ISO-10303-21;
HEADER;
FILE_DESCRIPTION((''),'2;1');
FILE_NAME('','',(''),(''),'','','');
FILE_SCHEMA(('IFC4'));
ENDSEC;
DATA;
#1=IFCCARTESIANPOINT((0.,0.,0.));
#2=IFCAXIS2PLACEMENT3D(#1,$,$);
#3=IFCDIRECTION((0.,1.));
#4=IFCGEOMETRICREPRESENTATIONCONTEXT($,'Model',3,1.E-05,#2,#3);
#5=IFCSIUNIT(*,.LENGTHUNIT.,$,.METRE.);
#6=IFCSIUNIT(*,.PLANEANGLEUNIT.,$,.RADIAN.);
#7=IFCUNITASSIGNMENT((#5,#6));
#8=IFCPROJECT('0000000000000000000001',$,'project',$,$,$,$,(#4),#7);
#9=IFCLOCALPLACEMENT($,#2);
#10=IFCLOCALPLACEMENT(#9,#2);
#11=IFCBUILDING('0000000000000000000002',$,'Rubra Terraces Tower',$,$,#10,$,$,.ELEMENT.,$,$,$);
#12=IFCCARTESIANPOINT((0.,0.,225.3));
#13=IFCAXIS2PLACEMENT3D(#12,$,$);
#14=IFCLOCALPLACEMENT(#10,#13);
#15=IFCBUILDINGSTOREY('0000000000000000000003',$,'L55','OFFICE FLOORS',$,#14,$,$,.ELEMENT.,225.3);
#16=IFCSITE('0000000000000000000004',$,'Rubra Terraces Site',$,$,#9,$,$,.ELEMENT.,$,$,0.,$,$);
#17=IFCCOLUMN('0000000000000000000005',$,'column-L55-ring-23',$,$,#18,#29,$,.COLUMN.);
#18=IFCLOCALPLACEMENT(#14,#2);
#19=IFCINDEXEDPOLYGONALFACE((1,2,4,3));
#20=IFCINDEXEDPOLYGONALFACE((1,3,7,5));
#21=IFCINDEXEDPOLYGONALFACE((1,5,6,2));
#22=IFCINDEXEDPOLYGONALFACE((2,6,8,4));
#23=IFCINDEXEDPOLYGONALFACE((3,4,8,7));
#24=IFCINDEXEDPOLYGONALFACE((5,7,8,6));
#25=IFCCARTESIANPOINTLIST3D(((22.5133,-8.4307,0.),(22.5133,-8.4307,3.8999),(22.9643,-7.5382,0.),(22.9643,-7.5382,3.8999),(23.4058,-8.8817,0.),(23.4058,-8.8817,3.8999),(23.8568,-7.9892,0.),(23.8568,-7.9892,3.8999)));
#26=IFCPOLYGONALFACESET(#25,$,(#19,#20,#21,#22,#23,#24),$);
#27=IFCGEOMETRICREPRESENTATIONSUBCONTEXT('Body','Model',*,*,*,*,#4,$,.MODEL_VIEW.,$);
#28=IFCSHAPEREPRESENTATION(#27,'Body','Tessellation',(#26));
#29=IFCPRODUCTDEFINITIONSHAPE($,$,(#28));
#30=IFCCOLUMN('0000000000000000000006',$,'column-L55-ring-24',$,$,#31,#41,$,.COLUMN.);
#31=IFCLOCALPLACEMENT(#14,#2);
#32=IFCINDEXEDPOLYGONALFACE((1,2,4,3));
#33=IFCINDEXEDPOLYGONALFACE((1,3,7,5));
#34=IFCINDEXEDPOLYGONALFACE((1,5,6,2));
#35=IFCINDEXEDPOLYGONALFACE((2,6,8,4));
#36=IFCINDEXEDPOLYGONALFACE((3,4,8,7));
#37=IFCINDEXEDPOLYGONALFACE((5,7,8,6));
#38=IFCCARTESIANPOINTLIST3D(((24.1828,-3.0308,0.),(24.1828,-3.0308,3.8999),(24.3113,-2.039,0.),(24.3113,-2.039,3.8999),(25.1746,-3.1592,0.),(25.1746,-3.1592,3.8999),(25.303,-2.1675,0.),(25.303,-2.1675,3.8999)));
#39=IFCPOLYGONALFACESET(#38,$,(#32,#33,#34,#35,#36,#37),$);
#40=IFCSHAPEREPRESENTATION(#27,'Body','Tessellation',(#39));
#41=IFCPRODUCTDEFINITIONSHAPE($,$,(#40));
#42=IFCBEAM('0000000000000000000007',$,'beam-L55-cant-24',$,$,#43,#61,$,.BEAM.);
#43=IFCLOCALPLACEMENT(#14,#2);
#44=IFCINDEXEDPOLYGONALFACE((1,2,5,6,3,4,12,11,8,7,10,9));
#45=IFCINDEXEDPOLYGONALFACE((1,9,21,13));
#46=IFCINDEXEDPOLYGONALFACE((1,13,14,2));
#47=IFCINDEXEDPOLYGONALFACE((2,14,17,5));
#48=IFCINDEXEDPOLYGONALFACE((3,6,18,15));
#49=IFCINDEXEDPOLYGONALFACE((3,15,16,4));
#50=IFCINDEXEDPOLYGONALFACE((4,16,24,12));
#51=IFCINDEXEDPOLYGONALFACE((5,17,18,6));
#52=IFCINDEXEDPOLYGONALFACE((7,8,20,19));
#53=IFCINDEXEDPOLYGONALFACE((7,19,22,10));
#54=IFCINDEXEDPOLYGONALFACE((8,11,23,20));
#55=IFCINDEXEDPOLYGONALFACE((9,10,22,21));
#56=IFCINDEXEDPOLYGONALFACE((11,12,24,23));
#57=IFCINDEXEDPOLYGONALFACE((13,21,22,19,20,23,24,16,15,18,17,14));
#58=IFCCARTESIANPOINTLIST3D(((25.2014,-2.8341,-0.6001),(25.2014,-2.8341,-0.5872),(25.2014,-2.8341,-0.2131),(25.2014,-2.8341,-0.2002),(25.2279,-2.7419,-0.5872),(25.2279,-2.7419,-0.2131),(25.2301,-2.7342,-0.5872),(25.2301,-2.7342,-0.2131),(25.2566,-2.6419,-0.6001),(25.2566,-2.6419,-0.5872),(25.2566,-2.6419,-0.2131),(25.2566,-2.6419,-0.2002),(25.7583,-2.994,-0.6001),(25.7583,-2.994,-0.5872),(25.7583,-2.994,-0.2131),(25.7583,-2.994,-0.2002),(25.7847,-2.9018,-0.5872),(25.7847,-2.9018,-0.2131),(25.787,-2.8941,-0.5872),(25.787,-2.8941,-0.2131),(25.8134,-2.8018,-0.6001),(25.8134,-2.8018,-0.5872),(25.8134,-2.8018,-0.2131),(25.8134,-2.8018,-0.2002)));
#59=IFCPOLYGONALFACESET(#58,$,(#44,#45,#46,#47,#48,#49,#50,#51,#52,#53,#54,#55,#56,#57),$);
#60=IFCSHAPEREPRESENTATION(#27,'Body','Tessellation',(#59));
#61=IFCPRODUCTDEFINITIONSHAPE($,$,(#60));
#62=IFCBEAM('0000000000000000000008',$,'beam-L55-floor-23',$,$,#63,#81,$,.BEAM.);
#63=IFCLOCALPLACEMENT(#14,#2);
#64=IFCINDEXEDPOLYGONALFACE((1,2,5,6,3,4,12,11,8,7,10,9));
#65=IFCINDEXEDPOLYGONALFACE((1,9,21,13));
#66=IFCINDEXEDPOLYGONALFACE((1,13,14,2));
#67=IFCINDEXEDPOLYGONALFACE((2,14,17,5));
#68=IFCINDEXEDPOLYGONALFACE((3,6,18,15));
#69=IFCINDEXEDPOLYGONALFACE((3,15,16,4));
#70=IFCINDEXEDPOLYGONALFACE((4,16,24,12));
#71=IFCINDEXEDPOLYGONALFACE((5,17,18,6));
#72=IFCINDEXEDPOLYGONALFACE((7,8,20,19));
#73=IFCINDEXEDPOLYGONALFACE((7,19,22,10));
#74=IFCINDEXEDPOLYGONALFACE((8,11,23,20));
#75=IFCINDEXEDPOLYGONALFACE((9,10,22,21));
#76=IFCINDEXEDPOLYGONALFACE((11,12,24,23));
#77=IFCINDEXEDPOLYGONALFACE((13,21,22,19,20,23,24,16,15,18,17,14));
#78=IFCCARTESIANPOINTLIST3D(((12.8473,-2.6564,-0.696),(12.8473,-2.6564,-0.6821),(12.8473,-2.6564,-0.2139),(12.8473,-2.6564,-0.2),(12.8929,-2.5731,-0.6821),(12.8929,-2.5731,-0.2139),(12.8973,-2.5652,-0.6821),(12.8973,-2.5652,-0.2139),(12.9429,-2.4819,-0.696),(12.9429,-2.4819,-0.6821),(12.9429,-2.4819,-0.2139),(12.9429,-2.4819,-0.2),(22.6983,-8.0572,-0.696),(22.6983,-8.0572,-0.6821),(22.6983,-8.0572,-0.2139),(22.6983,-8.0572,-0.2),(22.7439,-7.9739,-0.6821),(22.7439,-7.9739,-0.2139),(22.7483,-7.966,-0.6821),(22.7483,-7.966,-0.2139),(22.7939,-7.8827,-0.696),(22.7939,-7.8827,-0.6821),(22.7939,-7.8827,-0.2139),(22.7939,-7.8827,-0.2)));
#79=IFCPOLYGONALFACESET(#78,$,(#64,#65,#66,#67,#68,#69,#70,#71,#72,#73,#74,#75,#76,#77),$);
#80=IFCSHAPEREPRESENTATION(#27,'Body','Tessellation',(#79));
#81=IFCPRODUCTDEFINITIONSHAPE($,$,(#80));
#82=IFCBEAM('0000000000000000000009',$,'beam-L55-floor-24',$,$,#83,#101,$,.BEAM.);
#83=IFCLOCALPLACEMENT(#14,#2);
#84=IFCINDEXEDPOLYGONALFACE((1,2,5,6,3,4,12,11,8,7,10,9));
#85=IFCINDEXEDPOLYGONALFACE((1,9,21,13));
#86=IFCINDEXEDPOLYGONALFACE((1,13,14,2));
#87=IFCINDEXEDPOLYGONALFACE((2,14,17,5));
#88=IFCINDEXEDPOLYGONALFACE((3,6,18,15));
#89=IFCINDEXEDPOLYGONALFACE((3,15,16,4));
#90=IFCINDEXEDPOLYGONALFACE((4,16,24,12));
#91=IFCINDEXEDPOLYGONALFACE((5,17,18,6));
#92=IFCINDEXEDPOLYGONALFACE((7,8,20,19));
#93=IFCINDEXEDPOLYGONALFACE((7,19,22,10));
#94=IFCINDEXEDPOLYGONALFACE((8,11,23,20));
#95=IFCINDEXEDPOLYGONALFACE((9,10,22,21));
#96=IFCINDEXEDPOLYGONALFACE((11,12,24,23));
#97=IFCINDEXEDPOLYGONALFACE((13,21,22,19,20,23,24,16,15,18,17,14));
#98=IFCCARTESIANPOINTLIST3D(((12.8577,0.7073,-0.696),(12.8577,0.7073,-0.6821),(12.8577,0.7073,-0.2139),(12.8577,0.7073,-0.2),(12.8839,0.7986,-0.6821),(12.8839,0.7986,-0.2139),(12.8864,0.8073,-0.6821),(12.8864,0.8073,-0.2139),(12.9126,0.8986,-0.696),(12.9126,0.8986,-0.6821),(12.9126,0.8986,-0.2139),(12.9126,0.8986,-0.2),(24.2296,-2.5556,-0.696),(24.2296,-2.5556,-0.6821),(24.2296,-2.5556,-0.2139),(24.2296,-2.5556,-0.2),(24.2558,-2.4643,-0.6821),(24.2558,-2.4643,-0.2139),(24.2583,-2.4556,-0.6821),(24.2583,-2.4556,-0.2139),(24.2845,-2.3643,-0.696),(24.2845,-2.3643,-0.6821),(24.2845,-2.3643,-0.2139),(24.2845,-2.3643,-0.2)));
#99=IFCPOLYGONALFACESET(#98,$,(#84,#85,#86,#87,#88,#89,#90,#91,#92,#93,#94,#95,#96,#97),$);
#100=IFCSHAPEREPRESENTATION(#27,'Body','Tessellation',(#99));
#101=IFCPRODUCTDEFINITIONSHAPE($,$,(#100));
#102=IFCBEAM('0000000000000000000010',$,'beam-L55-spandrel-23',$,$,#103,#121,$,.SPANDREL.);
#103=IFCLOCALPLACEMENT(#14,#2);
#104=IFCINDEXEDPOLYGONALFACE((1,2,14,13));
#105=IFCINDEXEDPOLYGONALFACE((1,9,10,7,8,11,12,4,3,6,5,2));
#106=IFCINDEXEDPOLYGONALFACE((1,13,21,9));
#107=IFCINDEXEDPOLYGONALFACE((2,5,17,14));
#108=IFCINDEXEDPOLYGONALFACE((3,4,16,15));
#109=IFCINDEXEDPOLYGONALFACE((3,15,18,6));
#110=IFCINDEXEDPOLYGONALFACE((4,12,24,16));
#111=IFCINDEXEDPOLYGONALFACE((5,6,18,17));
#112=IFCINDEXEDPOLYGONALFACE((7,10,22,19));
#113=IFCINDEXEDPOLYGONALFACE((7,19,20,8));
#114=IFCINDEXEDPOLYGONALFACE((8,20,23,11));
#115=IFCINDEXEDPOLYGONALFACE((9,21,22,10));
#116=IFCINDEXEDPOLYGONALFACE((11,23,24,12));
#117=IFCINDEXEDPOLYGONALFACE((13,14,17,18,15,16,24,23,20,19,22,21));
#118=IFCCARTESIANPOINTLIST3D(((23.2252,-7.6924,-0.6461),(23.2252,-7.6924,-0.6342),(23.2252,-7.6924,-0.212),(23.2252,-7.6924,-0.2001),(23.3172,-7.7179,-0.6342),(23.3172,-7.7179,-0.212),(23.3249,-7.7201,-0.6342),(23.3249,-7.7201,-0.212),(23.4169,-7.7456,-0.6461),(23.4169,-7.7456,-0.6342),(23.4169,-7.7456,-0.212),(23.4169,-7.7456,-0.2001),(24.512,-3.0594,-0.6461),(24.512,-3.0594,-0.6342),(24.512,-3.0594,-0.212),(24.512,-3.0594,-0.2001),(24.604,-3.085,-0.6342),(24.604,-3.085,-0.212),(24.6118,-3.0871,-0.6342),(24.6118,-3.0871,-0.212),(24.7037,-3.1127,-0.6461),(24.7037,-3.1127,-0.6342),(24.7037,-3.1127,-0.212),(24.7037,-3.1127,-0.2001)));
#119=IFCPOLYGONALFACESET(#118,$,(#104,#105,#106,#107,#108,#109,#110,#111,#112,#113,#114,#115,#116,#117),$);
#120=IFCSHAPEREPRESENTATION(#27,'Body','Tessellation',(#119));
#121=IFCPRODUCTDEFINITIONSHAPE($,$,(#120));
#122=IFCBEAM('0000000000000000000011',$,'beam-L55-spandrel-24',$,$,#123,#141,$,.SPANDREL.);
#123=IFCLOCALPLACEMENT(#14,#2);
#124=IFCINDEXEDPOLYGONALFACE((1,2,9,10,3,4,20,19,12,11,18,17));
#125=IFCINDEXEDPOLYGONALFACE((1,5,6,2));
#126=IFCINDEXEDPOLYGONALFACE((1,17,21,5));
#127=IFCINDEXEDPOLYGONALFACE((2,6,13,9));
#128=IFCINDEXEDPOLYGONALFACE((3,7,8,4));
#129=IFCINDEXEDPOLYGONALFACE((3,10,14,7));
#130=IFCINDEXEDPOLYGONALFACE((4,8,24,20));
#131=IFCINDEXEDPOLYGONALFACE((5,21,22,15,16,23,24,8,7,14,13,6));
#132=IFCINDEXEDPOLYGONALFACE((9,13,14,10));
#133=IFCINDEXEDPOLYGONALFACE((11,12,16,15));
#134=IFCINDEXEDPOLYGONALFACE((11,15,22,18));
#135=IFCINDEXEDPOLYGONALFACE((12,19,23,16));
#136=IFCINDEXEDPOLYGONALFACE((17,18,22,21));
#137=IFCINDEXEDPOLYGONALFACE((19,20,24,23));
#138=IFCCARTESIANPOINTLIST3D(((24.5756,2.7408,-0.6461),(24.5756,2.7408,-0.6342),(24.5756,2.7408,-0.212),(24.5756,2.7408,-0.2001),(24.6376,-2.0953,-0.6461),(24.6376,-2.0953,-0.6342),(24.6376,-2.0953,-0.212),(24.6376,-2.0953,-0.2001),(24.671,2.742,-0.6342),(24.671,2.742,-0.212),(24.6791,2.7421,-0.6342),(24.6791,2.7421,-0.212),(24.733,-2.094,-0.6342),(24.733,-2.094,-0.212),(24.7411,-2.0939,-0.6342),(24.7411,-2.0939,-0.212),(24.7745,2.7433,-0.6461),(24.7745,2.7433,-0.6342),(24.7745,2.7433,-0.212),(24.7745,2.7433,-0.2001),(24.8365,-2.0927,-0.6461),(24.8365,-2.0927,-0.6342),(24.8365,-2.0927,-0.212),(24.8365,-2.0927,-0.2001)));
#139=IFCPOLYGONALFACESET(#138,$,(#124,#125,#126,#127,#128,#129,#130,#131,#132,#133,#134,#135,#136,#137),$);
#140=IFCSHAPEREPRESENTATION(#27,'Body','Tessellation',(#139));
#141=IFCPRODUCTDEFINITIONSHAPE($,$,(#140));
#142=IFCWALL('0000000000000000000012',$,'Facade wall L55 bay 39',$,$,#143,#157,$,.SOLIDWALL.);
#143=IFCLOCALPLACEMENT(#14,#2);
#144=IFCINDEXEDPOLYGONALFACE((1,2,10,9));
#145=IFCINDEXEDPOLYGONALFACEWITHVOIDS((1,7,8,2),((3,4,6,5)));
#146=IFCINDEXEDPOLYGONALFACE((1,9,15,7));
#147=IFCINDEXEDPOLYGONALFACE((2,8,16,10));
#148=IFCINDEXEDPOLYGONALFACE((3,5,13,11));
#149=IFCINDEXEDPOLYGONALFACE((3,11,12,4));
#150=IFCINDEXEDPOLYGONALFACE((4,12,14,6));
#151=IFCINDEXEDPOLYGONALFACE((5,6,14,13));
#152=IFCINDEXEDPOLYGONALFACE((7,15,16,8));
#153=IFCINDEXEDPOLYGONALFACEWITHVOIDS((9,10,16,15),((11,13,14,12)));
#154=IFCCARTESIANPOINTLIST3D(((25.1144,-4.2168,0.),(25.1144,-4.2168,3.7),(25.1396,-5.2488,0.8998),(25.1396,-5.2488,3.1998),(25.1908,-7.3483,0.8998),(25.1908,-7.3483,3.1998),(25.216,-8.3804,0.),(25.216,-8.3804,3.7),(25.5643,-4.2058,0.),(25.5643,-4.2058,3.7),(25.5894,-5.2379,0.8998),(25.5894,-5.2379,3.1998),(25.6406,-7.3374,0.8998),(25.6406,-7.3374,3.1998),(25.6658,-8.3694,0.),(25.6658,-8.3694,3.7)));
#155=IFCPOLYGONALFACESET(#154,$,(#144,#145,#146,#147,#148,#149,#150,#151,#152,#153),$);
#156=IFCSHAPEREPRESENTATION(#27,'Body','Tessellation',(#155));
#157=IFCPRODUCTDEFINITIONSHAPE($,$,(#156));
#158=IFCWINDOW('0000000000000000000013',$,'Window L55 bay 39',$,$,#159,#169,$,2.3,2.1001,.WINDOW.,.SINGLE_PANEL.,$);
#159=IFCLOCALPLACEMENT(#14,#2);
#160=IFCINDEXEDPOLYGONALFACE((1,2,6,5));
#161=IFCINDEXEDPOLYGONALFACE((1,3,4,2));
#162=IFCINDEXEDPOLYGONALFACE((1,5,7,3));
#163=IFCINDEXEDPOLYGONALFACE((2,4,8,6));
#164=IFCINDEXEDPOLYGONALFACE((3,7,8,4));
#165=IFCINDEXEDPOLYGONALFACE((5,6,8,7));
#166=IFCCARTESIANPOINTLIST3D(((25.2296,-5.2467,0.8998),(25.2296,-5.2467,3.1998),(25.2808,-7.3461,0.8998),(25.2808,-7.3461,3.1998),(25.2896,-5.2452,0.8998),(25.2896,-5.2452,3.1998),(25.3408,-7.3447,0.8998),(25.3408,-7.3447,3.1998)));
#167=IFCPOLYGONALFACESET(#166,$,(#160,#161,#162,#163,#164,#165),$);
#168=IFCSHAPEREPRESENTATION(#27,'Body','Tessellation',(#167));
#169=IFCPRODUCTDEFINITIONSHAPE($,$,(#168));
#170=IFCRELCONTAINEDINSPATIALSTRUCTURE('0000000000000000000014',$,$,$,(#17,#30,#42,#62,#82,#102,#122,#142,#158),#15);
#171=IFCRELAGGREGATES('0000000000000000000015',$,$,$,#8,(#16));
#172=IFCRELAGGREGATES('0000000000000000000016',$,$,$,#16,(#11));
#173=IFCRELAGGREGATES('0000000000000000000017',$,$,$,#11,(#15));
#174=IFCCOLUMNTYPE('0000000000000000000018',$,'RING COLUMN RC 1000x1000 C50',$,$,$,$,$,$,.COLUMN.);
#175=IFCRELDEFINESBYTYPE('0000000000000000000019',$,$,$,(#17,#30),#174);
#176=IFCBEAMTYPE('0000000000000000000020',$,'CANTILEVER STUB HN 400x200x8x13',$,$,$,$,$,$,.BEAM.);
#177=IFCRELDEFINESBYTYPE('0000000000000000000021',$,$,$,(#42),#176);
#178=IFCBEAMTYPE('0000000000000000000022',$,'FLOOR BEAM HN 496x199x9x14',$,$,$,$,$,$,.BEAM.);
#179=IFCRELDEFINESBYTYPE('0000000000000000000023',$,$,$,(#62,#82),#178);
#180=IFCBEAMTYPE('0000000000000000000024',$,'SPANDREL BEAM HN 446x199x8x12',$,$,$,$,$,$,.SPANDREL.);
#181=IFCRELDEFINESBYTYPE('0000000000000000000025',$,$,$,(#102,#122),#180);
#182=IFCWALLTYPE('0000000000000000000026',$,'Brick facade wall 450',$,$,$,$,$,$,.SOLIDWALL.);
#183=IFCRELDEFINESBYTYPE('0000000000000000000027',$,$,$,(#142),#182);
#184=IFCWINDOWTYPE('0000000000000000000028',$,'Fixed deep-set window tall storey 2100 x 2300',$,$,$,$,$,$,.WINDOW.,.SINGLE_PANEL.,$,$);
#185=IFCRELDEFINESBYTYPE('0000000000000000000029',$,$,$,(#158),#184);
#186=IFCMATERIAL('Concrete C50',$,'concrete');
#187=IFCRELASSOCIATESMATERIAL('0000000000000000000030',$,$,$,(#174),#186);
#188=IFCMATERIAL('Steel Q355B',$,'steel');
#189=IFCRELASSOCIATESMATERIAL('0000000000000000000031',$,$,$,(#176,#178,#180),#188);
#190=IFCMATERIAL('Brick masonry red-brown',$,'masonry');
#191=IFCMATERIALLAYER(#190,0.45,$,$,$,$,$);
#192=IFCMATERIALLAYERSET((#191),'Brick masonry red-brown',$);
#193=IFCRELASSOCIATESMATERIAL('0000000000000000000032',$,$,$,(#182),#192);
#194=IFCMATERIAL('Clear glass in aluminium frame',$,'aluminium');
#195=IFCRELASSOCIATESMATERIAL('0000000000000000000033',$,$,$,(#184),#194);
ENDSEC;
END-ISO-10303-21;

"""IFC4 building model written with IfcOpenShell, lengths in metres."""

from ifc_helpers import new_model, si_unit, direction, frame, frame_2d, origin, origin_2d, place, context, subcontext, project, spatial, rectangle, i_section, extrude, material, layer, layer_set, material_profile, profile_set, type_object, element, fill, save


model = new_model("IFC4")

# Units and contexts
model_context = context("Model", 3, precision=1e-05, world=origin(), true_north=direction((0.0, 1.0)))
body_context = subcontext(model_context, "Body", "Model", "MODEL_VIEW")
ifc_project = project(units=[si_unit("LENGTHUNIT", "METRE"), si_unit("PLANEANGLEUNIT", "RADIAN")], contexts=[model_context])

# Site, building, storey
site_placement = place(None, origin())
site = spatial("IfcSite", under=ifc_project, at=site_placement, Name="Rubra Terraces Site", CompositionType="ELEMENT", RefElevation=0.0)
building_placement = place(site_placement, origin())
building = spatial("IfcBuilding", under=site, at=building_placement, Name="Rubra Terraces Tower", CompositionType="ELEMENT")
storey_placement = place(building_placement, frame((0.0, 0.0, 225.3)))
storey = spatial("IfcBuildingStorey", under=building, at=storey_placement, Name="L55", Description="OFFICE FLOORS", CompositionType="ELEMENT", Elevation=225.3)

# Columns
ifc_material_1 = material(Name="Concrete C50", Category="concrete")
ifc_material_profile_1 = material_profile(ifc_material_1, rectangle(XDim=1.0, YDim=1.0, at=origin_2d()), Name="RC 1000x1000")
ifc_profile_set_1 = profile_set([ifc_material_profile_1], Name="Concrete C50")
column_type = type_object("IfcColumnType", Name="RING COLUMN RC 1000x1000 C50", PredefinedType="COLUMN", material=ifc_profile_set_1)
for number, where, z_axis, x_axis, name in (
    (1, (23.1851, -8.21, 0.0), (0.0, 0.0, 1.0), (0.451028, 0.89251, 0.0), "column-L55-ring-23"),
    (2, (24.7429, -2.5991, 0.0), (0.0, 0.0, 1.0), (0.128444, 0.991717, 0.0), "column-L55-ring-24"),
):
    element("IfcColumn", number, at=place(storey_placement, frame(where, z_axis=z_axis, x_axis=x_axis)), inside=storey, type_object=column_type, Name=name, PredefinedType="COLUMN", context=body_context, shape_type="SweptSolid", body=[
        extrude(rectangle(XDim=1.0, YDim=1.0, at=origin_2d()), origin(), (0.0, 0.0, 1.0), 3.8999),
    ])

# Beams
ifc_material_2 = material(Name="Steel Q355B", Category="steel")
ifc_material_profile_2 = material_profile(ifc_material_2, i_section(OverallWidth=0.2, OverallDepth=0.3999, WebThickness=0.0081, FlangeThickness=0.0129, at=origin_2d()), Name="HN 400x200x8x13")
ifc_profile_set_2 = profile_set([ifc_material_profile_2], Name="Steel Q355B")
beam_type_1 = type_object("IfcBeamType", Name="CANTILEVER STUB HN 400x200x8x13", PredefinedType="BEAM", material=ifc_profile_set_2)
beam_1_placement = place(storey_placement, frame((25.229, -2.738, -0.4001), z_axis=(0.961157, -0.276001, 0.0), x_axis=(0.276001, 0.961157, 0.0)))
element("IfcBeam", 3, at=beam_1_placement, inside=storey, type_object=beam_type_1, Name="beam-L55-cant-24", PredefinedType="BEAM", context=body_context, shape_type="SweptSolid", body=[
    extrude(i_section(OverallWidth=0.2, OverallDepth=0.3999, WebThickness=0.0081, FlangeThickness=0.0129, at=origin_2d()), origin(), (0.0, 0.0, 1.0), 0.5793),
])
ifc_material_profile_3 = material_profile(ifc_material_2, i_section(OverallWidth=0.199, OverallDepth=0.4961, WebThickness=0.009, FlangeThickness=0.0139, at=origin_2d()), Name="HN 496x199x9x14")
ifc_profile_set_3 = profile_set([ifc_material_profile_3], Name="Steel Q355B")
beam_type_2 = type_object("IfcBeamType", Name="FLOOR BEAM HN 496x199x9x14", PredefinedType="BEAM", material=ifc_profile_set_3)
beam_2_placement = place(storey_placement, frame((22.7461, -7.97, -0.448), z_axis=(-0.876862, 0.480742, 0.0), x_axis=(-0.480742, -0.876862, 0.0)))
element("IfcBeam", 4, at=beam_2_placement, inside=storey, type_object=beam_type_2, Name="beam-L55-floor-23", PredefinedType="BEAM", context=body_context, shape_type="SweptSolid", body=[
    extrude(i_section(OverallWidth=0.199, OverallDepth=0.4961, WebThickness=0.009, FlangeThickness=0.0139, at=origin_2d()), origin(), (0.0, 0.0, 1.0), 11.2344),
])
beam_3_placement = place(storey_placement, frame((24.2571, -2.46, -0.448), z_axis=(-0.961216, 0.275798, 0.0), x_axis=(-0.275798, -0.961216, 0.0)))
element("IfcBeam", 5, at=beam_3_placement, inside=storey, type_object=beam_type_2, Name="beam-L55-floor-24", PredefinedType="BEAM", context=body_context, shape_type="SweptSolid", body=[
    extrude(i_section(OverallWidth=0.199, OverallDepth=0.4961, WebThickness=0.009, FlangeThickness=0.0139, at=origin_2d()), origin(), (0.0, 0.0, 1.0), 11.8308),
])
ifc_material_profile_4 = material_profile(ifc_material_2, i_section(OverallWidth=0.199, OverallDepth=0.446, WebThickness=0.0081, FlangeThickness=0.012, at=origin_2d()), Name="HN 446x199x8x12")
ifc_profile_set_4 = profile_set([ifc_material_profile_4], Name="Steel Q355B")
beam_type_3 = type_object("IfcBeamType", Name="SPANDREL BEAM HN 446x199x8x12", PredefinedType="SPANDREL", material=ifc_profile_set_4)
beam_4_placement = place(storey_placement, frame((23.321, -7.719, -0.4231), z_axis=(0.267626, 0.963523, 0.0), x_axis=(-0.963523, 0.267626, 0.0)))
element("IfcBeam", 6, at=beam_4_placement, inside=storey, type_object=beam_type_3, Name="beam-L55-spandrel-23", PredefinedType="SPANDREL", context=body_context, shape_type="SweptSolid", body=[
    extrude(i_section(OverallWidth=0.199, OverallDepth=0.446, WebThickness=0.0081, FlangeThickness=0.012, at=origin_2d()), origin(), (0.0, 0.0, 1.0), 4.8083),
])
beam_5_placement = place(storey_placement, frame((24.7371, -2.094, -0.4231), z_axis=(-0.012822, 0.999918, 0.0), x_axis=(-0.999918, -0.012822, 0.0)))
element("IfcBeam", 7, at=beam_5_placement, inside=storey, type_object=beam_type_3, Name="beam-L55-spandrel-24", PredefinedType="SPANDREL", context=body_context, shape_type="SweptSolid", body=[
    extrude(i_section(OverallWidth=0.199, OverallDepth=0.446, WebThickness=0.0081, FlangeThickness=0.012, at=origin_2d()), origin(), (0.0, 0.0, 1.0), 4.8364),
])

# Wall, opening, window
ifc_material_3 = material(Name="Brick masonry red-brown", Category="masonry")
ifc_layer_1 = layer(ifc_material_3, 0.45)
ifc_layer_set_1 = layer_set([ifc_layer_1], Name="Brick masonry red-brown")
wall_type_1 = type_object("IfcWallType", Name="Brick facade wall 450", PredefinedType="SOLIDWALL", material=ifc_layer_set_1)
wall_1_placement = place(storey_placement, frame((25.4409, -8.375, 0.0), z_axis=(0.0, 0.0, 1.0), x_axis=(-0.024386, 0.999703, 0.0)))
wall_1 = element("IfcWall", 8, at=wall_1_placement, inside=storey, type_object=wall_type_1, Name="Facade wall L55 bay 39", PredefinedType="SOLIDWALL", context=body_context, shape_type="SweptSolid", body=[
    extrude(rectangle(XDim=4.1648, YDim=0.45, at=frame_2d((2.0825, 0.0))), origin(), (0.0, 0.0, 1.0), 3.7),
])
opening_1_placement = place(wall_1_placement, frame((1.0325, 0.0, 0.8999)))
opening_1 = element("IfcOpeningElement", 9, at=opening_1_placement, cuts=wall_1, PredefinedType="OPENING", context=body_context, shape_type="SweptSolid", body=[
    extrude(rectangle(XDim=2.1001, YDim=2.3, at=frame_2d((1.05, 1.1499))), frame((0.0, 0.2349, 0.0), z_axis=(0.0, -1.0, 0.0), x_axis=(1.0, 0.0, 0.0)), (0.0, 0.0, 1.0), 0.47),
])
ifc_material_4 = material(Name="Clear glass in aluminium frame", Category="aluminium")
window_type = type_object("IfcWindowType", Name="Fixed deep-set window tall storey 2100 x 2300", PartitioningType="SINGLE_PANEL", PredefinedType="WINDOW", material=ifc_material_4)
window_1_placement = place(opening_1_placement, origin())
window_1 = element("IfcWindow", 10, at=window_1_placement, inside=storey, type_object=window_type, Name="Window L55 bay 39", OverallHeight=2.3, OverallWidth=2.1001, PartitioningType="SINGLE_PANEL", PredefinedType="WINDOW", context=body_context, shape_type="SweptSolid", body=[
    extrude(rectangle(XDim=2.1001, YDim=2.3, at=frame_2d((1.05, 1.1499))), frame((0.0, 0.135, 0.0), z_axis=(0.0, -1.0, 0.0), x_axis=(1.0, 0.0, 0.0)), (0.0, 0.0, 1.0), 0.0601),
])
fill(opening_1, window_1)

save(model, "model.ifc")
